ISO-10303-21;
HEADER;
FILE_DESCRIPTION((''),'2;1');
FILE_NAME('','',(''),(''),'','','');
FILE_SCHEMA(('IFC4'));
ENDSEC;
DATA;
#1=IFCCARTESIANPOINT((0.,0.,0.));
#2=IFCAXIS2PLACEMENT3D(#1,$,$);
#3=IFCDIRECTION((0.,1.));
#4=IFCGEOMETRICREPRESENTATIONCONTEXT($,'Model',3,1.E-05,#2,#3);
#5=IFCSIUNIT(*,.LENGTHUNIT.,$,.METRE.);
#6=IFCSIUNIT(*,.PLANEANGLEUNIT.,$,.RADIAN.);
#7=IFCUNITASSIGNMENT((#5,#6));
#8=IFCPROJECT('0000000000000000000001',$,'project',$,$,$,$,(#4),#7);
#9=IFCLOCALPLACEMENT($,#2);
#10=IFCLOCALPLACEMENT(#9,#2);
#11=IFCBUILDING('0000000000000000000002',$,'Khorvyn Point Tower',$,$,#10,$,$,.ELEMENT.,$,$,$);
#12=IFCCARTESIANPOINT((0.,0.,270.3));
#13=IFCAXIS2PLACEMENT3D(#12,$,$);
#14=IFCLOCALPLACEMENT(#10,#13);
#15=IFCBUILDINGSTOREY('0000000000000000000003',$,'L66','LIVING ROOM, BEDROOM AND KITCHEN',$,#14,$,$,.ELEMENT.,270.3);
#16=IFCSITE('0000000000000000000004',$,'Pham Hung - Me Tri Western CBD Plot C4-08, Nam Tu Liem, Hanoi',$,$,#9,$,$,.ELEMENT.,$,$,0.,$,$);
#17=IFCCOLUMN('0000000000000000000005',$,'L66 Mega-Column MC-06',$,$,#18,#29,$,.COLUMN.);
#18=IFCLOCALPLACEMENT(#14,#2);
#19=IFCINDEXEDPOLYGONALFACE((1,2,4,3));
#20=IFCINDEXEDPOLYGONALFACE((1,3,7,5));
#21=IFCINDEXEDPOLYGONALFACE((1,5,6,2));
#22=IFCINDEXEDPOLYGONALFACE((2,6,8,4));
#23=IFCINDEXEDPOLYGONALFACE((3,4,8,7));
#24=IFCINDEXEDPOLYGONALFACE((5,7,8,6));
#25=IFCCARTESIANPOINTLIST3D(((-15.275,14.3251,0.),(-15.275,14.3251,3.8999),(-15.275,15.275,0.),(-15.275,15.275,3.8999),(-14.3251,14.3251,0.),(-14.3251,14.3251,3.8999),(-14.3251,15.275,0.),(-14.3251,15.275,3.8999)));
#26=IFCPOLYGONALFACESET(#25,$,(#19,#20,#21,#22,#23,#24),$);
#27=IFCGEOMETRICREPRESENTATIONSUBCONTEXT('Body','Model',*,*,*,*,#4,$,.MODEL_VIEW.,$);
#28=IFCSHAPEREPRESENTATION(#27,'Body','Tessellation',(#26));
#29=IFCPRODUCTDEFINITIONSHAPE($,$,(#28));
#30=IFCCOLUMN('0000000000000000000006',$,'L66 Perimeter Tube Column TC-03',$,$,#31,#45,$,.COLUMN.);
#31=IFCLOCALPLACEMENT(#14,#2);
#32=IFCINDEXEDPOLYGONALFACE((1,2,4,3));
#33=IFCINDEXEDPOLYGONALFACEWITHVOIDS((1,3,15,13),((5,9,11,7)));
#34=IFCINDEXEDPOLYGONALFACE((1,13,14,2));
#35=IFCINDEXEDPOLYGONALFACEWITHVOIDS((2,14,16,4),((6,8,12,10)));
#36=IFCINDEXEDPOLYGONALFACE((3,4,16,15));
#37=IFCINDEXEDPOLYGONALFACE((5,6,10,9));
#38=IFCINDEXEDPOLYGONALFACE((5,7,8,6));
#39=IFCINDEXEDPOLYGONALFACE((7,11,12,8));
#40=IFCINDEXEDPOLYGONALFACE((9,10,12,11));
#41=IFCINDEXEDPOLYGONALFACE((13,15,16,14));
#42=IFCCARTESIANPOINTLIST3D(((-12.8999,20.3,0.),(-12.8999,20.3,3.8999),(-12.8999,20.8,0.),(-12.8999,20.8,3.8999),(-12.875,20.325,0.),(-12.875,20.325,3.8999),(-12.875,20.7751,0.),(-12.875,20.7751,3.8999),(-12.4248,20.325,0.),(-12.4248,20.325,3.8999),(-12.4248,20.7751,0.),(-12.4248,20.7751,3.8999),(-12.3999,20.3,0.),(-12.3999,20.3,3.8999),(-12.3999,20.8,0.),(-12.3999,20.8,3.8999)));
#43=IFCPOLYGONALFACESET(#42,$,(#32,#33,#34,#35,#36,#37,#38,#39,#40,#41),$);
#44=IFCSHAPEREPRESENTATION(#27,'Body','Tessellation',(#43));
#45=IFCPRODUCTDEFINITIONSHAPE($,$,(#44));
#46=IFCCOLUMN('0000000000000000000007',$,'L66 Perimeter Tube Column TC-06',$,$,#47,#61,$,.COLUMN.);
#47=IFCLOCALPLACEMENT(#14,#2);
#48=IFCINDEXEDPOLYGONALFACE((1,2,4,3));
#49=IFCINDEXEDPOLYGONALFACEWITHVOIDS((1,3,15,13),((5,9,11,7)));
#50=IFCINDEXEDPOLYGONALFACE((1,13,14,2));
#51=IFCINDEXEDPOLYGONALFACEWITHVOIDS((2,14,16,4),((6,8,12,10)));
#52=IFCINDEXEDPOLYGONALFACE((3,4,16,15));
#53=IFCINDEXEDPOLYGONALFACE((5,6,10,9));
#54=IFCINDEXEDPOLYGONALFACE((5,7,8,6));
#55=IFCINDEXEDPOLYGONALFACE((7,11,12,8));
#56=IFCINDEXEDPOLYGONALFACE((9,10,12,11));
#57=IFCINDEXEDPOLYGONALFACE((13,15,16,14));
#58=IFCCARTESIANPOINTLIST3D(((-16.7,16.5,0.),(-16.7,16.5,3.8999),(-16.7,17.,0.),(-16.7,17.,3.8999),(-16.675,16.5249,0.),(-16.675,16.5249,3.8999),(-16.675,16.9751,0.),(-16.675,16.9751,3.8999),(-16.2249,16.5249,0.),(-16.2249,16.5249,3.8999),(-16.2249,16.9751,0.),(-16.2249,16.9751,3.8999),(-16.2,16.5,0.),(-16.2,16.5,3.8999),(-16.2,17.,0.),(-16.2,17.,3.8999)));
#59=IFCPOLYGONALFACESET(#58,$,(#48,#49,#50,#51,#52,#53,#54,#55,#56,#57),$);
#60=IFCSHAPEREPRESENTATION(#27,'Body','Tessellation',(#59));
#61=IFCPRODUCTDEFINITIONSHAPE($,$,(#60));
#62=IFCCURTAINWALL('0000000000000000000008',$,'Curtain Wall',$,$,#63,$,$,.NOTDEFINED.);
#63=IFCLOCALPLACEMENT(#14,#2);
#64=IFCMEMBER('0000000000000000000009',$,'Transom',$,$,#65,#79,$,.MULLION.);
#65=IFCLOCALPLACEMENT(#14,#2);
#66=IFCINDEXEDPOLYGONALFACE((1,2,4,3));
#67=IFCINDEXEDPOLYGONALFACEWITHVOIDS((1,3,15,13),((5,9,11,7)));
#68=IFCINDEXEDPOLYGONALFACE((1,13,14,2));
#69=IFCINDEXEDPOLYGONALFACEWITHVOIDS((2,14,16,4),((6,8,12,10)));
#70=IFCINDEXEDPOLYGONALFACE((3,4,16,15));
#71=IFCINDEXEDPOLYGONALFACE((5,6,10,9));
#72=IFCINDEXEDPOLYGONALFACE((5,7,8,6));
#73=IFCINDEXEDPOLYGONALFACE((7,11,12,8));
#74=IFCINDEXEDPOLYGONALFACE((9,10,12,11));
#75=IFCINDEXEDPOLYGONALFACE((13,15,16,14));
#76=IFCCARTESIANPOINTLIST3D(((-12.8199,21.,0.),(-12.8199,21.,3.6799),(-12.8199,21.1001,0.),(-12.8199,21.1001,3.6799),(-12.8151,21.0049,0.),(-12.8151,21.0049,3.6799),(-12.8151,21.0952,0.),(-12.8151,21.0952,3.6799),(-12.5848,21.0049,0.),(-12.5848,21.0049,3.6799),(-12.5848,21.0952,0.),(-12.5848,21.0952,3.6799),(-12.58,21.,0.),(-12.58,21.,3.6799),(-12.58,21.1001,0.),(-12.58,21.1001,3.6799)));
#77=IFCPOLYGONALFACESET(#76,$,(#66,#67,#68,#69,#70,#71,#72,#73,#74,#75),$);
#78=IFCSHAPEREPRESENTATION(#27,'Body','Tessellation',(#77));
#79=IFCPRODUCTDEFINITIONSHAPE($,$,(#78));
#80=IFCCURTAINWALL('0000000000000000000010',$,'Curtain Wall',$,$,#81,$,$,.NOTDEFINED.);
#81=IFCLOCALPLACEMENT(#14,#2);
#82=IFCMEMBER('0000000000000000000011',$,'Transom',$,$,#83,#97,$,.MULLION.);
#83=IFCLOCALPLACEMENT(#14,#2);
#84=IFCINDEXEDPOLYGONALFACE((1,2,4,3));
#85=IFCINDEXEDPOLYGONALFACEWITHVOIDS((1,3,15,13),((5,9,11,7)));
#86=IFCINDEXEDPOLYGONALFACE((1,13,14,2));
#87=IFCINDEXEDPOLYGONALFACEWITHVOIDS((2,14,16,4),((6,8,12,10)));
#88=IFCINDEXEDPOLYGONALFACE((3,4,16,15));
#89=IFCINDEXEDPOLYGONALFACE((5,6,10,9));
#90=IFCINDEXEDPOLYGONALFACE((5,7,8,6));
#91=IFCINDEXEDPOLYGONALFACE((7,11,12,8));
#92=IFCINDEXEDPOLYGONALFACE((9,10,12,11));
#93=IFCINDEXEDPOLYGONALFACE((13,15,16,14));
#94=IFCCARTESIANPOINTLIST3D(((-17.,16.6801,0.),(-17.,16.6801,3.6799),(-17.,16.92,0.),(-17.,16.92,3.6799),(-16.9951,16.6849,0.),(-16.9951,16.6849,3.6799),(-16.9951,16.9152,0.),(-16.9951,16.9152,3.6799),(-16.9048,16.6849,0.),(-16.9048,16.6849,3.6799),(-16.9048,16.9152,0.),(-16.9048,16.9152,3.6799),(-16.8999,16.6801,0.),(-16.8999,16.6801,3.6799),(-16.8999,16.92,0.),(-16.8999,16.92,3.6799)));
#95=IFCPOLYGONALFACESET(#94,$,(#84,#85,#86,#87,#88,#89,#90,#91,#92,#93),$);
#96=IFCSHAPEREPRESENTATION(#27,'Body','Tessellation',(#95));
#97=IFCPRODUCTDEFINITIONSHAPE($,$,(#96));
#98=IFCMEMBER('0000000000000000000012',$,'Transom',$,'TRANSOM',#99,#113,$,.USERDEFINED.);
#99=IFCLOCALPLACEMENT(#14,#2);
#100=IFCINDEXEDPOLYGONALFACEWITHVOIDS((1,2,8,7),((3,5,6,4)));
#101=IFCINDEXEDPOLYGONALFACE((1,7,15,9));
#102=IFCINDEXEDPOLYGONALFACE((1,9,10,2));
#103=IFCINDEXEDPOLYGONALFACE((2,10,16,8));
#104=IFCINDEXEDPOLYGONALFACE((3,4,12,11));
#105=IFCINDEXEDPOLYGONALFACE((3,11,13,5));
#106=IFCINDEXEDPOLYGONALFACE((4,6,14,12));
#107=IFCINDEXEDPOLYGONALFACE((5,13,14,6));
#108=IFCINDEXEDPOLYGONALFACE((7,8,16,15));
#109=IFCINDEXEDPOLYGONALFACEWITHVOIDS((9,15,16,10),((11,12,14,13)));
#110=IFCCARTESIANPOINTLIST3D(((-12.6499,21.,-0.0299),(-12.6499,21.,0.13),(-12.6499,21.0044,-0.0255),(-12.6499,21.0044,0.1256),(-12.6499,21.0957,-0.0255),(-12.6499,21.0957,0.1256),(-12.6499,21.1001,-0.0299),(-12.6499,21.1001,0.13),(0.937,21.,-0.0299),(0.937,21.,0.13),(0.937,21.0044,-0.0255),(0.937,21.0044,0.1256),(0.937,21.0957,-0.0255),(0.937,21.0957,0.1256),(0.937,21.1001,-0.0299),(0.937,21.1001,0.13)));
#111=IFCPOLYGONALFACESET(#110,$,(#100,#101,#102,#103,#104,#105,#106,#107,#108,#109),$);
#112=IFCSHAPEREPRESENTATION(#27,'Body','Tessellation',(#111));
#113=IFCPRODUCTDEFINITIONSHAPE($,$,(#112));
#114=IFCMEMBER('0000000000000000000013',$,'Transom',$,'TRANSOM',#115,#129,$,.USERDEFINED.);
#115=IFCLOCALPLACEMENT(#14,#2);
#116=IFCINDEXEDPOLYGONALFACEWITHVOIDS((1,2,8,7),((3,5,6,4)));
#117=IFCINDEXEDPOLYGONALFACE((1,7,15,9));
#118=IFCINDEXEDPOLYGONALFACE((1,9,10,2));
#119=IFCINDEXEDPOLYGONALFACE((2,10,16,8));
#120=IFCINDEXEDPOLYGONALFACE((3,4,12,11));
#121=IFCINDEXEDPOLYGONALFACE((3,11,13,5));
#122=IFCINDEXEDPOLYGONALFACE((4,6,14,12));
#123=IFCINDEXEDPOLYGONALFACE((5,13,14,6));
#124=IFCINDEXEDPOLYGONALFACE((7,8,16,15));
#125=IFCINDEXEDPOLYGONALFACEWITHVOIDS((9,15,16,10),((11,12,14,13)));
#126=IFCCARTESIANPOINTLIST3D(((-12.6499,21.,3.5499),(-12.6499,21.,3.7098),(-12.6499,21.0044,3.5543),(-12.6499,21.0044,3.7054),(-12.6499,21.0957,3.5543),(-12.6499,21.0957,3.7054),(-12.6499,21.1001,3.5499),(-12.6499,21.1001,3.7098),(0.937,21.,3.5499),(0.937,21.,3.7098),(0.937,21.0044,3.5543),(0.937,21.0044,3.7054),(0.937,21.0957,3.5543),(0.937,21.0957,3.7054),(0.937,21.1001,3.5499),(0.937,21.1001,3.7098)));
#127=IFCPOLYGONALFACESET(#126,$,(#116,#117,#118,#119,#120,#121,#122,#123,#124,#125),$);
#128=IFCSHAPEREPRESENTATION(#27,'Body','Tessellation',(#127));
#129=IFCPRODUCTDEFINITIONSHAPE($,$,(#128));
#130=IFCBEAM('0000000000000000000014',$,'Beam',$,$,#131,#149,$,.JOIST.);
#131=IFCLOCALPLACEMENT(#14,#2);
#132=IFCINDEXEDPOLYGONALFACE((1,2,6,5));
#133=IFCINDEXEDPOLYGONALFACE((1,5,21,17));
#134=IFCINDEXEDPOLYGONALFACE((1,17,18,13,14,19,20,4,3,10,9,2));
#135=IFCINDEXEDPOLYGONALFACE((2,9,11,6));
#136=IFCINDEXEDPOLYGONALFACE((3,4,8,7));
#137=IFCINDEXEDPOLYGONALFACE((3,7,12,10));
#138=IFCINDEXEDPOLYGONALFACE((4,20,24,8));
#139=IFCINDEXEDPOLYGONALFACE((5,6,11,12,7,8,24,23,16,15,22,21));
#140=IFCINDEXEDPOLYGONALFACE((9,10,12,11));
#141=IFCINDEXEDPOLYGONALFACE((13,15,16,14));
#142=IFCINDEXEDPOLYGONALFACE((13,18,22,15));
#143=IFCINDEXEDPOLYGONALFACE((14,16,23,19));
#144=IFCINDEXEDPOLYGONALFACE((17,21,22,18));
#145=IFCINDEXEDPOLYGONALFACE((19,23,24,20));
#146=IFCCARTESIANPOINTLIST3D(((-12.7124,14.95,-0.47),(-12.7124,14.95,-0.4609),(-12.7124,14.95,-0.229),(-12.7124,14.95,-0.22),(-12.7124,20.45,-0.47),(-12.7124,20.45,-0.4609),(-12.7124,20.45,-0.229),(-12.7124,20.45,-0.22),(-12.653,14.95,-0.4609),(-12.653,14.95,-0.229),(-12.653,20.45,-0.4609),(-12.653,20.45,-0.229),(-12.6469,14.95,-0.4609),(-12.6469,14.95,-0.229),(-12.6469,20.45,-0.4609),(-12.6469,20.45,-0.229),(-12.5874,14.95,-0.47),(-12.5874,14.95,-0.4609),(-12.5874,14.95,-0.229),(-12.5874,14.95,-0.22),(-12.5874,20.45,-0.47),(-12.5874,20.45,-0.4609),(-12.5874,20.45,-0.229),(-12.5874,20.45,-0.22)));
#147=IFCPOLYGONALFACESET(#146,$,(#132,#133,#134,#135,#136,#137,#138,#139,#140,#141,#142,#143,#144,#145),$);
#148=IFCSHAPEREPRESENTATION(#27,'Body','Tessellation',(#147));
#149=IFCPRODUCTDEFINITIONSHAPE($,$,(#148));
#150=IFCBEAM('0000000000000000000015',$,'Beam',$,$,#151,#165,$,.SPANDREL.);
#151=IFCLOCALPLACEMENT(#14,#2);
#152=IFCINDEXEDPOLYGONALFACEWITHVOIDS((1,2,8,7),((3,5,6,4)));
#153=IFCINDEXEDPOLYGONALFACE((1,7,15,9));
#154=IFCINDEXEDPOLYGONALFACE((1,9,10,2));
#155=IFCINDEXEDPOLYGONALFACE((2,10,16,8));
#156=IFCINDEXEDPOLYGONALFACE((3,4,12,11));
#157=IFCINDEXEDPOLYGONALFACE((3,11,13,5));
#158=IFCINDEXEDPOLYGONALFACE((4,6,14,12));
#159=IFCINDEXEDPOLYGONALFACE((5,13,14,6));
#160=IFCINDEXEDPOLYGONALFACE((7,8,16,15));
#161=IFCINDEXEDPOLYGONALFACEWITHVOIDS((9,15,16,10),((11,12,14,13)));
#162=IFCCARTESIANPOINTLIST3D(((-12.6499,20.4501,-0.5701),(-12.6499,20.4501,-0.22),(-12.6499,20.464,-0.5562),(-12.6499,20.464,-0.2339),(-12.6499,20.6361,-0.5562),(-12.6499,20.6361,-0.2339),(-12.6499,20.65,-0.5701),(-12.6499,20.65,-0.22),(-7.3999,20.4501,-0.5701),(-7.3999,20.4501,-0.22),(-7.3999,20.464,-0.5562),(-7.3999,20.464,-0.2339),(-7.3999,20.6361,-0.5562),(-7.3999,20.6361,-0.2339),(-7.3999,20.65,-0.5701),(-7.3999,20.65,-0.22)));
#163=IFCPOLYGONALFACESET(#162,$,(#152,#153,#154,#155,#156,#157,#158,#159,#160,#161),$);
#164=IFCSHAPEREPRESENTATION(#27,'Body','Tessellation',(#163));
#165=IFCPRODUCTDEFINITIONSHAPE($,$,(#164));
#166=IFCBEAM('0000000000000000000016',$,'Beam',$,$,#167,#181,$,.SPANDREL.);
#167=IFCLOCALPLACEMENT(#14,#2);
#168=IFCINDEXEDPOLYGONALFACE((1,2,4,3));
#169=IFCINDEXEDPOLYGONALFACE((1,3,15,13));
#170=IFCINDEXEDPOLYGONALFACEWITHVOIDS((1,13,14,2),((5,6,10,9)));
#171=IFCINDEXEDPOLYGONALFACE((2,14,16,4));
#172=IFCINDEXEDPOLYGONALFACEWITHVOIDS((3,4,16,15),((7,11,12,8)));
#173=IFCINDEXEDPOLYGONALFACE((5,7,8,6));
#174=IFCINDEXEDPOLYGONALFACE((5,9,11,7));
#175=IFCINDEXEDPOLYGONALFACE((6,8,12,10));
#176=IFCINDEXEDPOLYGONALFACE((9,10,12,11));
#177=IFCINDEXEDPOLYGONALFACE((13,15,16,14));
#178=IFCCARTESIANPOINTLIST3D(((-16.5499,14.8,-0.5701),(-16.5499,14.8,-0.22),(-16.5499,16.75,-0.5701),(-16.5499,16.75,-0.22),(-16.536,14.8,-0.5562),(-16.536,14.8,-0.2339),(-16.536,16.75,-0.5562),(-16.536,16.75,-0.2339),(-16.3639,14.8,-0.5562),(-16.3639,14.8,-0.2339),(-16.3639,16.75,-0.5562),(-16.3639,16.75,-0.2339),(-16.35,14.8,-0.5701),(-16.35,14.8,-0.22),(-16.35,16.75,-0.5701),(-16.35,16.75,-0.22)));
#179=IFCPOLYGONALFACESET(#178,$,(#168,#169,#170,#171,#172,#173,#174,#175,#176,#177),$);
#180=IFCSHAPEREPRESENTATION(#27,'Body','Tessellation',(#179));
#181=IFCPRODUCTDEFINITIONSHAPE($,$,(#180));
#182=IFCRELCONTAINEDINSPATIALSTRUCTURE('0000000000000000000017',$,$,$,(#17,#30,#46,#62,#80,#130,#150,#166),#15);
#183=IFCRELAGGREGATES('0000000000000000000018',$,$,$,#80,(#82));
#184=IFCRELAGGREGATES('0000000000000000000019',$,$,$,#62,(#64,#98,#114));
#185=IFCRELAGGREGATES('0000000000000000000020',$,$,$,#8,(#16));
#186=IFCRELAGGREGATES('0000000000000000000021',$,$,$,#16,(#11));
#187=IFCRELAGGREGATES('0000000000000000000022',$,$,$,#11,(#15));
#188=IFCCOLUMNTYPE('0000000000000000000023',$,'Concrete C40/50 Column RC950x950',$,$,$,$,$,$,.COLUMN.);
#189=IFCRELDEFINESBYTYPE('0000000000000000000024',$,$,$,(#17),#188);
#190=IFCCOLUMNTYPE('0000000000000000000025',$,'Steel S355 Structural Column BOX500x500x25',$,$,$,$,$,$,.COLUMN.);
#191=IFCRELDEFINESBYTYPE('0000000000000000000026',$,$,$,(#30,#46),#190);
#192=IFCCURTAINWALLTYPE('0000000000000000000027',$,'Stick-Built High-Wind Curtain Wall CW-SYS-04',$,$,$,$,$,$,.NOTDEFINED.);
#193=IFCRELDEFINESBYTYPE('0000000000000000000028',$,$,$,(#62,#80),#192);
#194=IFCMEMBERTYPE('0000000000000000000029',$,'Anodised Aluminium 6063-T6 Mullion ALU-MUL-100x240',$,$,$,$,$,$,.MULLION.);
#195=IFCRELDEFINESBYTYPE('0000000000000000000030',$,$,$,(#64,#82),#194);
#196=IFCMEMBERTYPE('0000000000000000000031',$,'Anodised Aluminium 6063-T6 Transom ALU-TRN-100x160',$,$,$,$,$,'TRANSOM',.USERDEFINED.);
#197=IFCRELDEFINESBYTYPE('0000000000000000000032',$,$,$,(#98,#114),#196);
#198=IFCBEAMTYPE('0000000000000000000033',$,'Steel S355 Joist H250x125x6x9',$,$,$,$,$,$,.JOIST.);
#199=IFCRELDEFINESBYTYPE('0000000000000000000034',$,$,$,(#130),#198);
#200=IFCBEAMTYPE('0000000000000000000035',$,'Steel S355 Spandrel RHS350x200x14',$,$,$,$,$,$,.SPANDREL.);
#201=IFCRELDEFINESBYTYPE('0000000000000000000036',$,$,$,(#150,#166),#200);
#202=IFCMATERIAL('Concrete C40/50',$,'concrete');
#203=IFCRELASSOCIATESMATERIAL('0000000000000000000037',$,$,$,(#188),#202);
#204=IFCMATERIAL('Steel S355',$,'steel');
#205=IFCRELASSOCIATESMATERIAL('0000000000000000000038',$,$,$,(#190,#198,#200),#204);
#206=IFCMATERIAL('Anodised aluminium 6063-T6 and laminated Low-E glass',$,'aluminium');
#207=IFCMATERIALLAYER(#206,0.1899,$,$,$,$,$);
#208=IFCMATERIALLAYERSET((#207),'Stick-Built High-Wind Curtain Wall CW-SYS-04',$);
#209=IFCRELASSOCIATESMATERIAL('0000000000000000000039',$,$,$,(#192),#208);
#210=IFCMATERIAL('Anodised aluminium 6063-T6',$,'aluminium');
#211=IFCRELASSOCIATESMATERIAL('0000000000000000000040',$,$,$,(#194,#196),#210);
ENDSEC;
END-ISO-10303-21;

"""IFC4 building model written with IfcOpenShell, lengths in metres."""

from ifc_helpers import new_model, si_unit, direction, frame, origin, origin_2d, place, context, subcontext, project, spatial, rectangle, hollow_rectangle, i_section, extrude, material, layer, layer_set, material_profile, profile_set, type_object, element, aggregate, save


model = new_model("IFC4")

# Units and contexts
model_context = context("Model", 3, precision=1e-05, world=origin(), true_north=direction((0.0, 1.0)))
body_context = subcontext(model_context, "Body", "Model", "MODEL_VIEW")
ifc_project = project(units=[si_unit("LENGTHUNIT", "METRE"), si_unit("PLANEANGLEUNIT", "RADIAN")], contexts=[model_context])

# Site, building, storey
site_placement = place(None, origin())
site = spatial("IfcSite", under=ifc_project, at=site_placement, Name="Pham Hung - Me Tri Western CBD Plot C4-08, Nam Tu Liem, Hanoi", CompositionType="ELEMENT", RefElevation=0.0)
building_placement = place(site_placement, origin())
building = spatial("IfcBuilding", under=site, at=building_placement, Name="Khorvyn Point Tower", CompositionType="ELEMENT")
storey_placement = place(building_placement, frame((0.0, 0.0, 270.3)))
storey = spatial("IfcBuildingStorey", under=building, at=storey_placement, Name="L66", Description="LIVING ROOM, BEDROOM AND KITCHEN", CompositionType="ELEMENT", Elevation=270.3)

# Columns
ifc_material_1 = material(Name="Concrete C40/50", Category="concrete")
ifc_material_profile_1 = material_profile(ifc_material_1, rectangle(XDim=0.95, YDim=0.95, at=origin_2d()))
ifc_profile_set_1 = profile_set([ifc_material_profile_1], Name="Concrete C40/50 RC950x950")
column_type_1 = type_object("IfcColumnType", Name="Concrete C40/50 Column RC950x950", PredefinedType="COLUMN", material=ifc_profile_set_1)
column_placement = place(storey_placement, frame((-14.8, 14.8, 0.0), z_axis=(0.0, 0.0, 1.0), x_axis=(1.0, 0.0, 0.0)))
element("IfcColumn", 1, at=column_placement, inside=storey, type_object=column_type_1, Name="L66 Mega-Column MC-06", PredefinedType="COLUMN", context=body_context, shape_type="SweptSolid", body=[
    extrude(rectangle(XDim=0.95, YDim=0.95, at=origin_2d()), origin(), (0.0, 0.0, 1.0), 3.8999),
])
ifc_material_2 = material(Name="Steel S355", Category="steel")
ifc_material_profile_2 = material_profile(ifc_material_2, hollow_rectangle(XDim=0.5, YDim=0.5, WallThickness=0.0249, at=origin_2d()))
ifc_profile_set_2 = profile_set([ifc_material_profile_2], Name="Steel S355 BOX500x500x25")
column_type_2 = type_object("IfcColumnType", Name="Steel S355 Structural Column BOX500x500x25", PredefinedType="COLUMN", material=ifc_profile_set_2)
for number, where, z_axis, x_axis, name in (
    (2, (-12.6499, 20.55, 0.0), (0.0, 0.0, 1.0), (1.0, 0.0, 0.0), "L66 Perimeter Tube Column TC-03"),
    (3, (-16.45, 16.75, 0.0), (0.0, 0.0, 1.0), (1.0, 0.0, 0.0), "L66 Perimeter Tube Column TC-06"),
):
    element("IfcColumn", number, at=place(storey_placement, frame(where, z_axis=z_axis, x_axis=x_axis)), inside=storey, type_object=column_type_2, Name=name, PredefinedType="COLUMN", context=body_context, shape_type="SweptSolid", body=[
        extrude(hollow_rectangle(XDim=0.5, YDim=0.5, WallThickness=0.0249, at=origin_2d()), origin(), (0.0, 0.0, 1.0), 3.8999),
    ])

# Curtain walls, members
ifc_material_3 = material(Name="Anodised aluminium 6063-T6 and laminated Low-E glass", Category="aluminium")
ifc_layer_1 = layer(ifc_material_3, 0.1899)
ifc_layer_set_1 = layer_set([ifc_layer_1], Name="Stick-Built High-Wind Curtain Wall CW-SYS-04")
curtain_wall_type = type_object("IfcCurtainWallType", Name="Stick-Built High-Wind Curtain Wall CW-SYS-04", PredefinedType="NOTDEFINED", material=ifc_layer_set_1)
curtain_wall_1_placement = place(storey_placement, origin())
curtain_wall_1 = element("IfcCurtainWall", 4, at=curtain_wall_1_placement, inside=storey, type_object=curtain_wall_type, Name="Curtain Wall", PredefinedType="NOTDEFINED")
ifc_material_4 = material(Name="Anodised aluminium 6063-T6", Category="aluminium")
ifc_material_profile_3 = material_profile(ifc_material_4, hollow_rectangle(XDim=0.1001, YDim=0.24, WallThickness=0.0049, at=origin_2d()))
ifc_profile_set_3 = profile_set([ifc_material_profile_3], Name="Anodised aluminium 6063-T6 ALU-MUL-100x240")
member_type_1 = type_object("IfcMemberType", Name="Anodised Aluminium 6063-T6 Mullion ALU-MUL-100x240", PredefinedType="MULLION", material=ifc_profile_set_3)
member_1_placement = place(storey_placement, frame((-12.7, 21.05, 0.0), z_axis=(0.0, 0.0, 1.0), x_axis=(0.0, 1.0, 0.0)))
member_1 = element("IfcMember", 5, at=member_1_placement, type_object=member_type_1, Name="Transom", PredefinedType="MULLION", context=body_context, shape_type="SweptSolid", body=[
    extrude(hollow_rectangle(XDim=0.1001, YDim=0.24, WallThickness=0.0049, at=origin_2d()), origin(), (0.0, 0.0, 1.0), 3.6799),
])
curtain_wall_2_placement = place(storey_placement, origin())
curtain_wall_2 = element("IfcCurtainWall", 6, at=curtain_wall_2_placement, inside=storey, type_object=curtain_wall_type, Name="Curtain Wall", PredefinedType="NOTDEFINED")
member_2_placement = place(storey_placement, frame((-16.95, 16.8, 0.0), z_axis=(0.0, 0.0, 1.0), x_axis=(-1.0, 0.0, 0.0)))
member_2 = element("IfcMember", 7, at=member_2_placement, type_object=member_type_1, Name="Transom", PredefinedType="MULLION", context=body_context, shape_type="SweptSolid", body=[
    extrude(hollow_rectangle(XDim=0.1001, YDim=0.24, WallThickness=0.0049, at=origin_2d()), origin(), (0.0, 0.0, 1.0), 3.6799),
])
aggregate(curtain_wall_2, [member_2])

# Members
ifc_material_profile_4 = material_profile(ifc_material_4, hollow_rectangle(XDim=0.1001, YDim=0.1599, WallThickness=0.0044, at=origin_2d()))
ifc_profile_set_4 = profile_set([ifc_material_profile_4], Name="Anodised aluminium 6063-T6 ALU-TRN-100x160")
member_type_2 = type_object("IfcMemberType", Name="Anodised Aluminium 6063-T6 Transom ALU-TRN-100x160", ElementType="TRANSOM", PredefinedType="USERDEFINED", material=ifc_profile_set_4)
member_3_placement = place(storey_placement, frame((-12.6499, 21.05, 0.05), z_axis=(1.0, 0.0, 0.0), x_axis=(0.0, 1.0, 0.0)))
member_3 = element("IfcMember", 8, at=member_3_placement, type_object=member_type_2, Name="Transom", ObjectType="TRANSOM", PredefinedType="USERDEFINED", context=body_context, shape_type="SweptSolid", body=[
    extrude(hollow_rectangle(XDim=0.1001, YDim=0.1599, WallThickness=0.0044, at=origin_2d()), origin(), (0.0, 0.0, 1.0), 13.5869),
])
member_4_placement = place(storey_placement, frame((-12.6499, 21.05, 3.6299), z_axis=(1.0, 0.0, 0.0), x_axis=(0.0, 1.0, 0.0)))
member_4 = element("IfcMember", 9, at=member_4_placement, type_object=member_type_2, Name="Transom", ObjectType="TRANSOM", PredefinedType="USERDEFINED", context=body_context, shape_type="SweptSolid", body=[
    extrude(hollow_rectangle(XDim=0.1001, YDim=0.1599, WallThickness=0.0044, at=origin_2d()), origin(), (0.0, 0.0, 1.0), 13.5869),
])
aggregate(curtain_wall_1, [member_1, member_3, member_4])

# Beams
ifc_material_profile_5 = material_profile(ifc_material_2, i_section(OverallWidth=0.125, OverallDepth=0.25, WebThickness=0.0061, FlangeThickness=0.009, at=origin_2d()))
ifc_profile_set_5 = profile_set([ifc_material_profile_5], Name="Steel S355 H250x125x6x9")
beam_type_1 = type_object("IfcBeamType", Name="Steel S355 Joist H250x125x6x9", PredefinedType="JOIST", material=ifc_profile_set_5)
beam_1_placement = place(storey_placement, frame((-12.6499, 14.95, -0.345), z_axis=(0.0, 1.0, 0.0), x_axis=(-1.0, 0.0, 0.0)))
element("IfcBeam", 10, at=beam_1_placement, inside=storey, type_object=beam_type_1, Name="Beam", PredefinedType="JOIST", context=body_context, shape_type="SweptSolid", body=[
    extrude(i_section(OverallWidth=0.125, OverallDepth=0.25, WebThickness=0.0061, FlangeThickness=0.009, at=origin_2d()), origin(), (0.0, 0.0, 1.0), 5.5),
])
ifc_material_profile_6 = material_profile(ifc_material_2, hollow_rectangle(XDim=0.2, YDim=0.3501, WallThickness=0.0139, at=origin_2d()))
ifc_profile_set_6 = profile_set([ifc_material_profile_6], Name="Steel S355 RHS350x200x14")
beam_type_2 = type_object("IfcBeamType", Name="Steel S355 Spandrel RHS350x200x14", PredefinedType="SPANDREL", material=ifc_profile_set_6)
beam_2_placement = place(storey_placement, frame((-12.6499, 20.55, -0.395), z_axis=(1.0, 0.0, 0.0), x_axis=(0.0, 1.0, 0.0)))
element("IfcBeam", 11, at=beam_2_placement, inside=storey, type_object=beam_type_2, Name="Beam", PredefinedType="SPANDREL", context=body_context, shape_type="SweptSolid", body=[
    extrude(hollow_rectangle(XDim=0.2, YDim=0.3501, WallThickness=0.0139, at=origin_2d()), origin(), (0.0, 0.0, 1.0), 5.25),
])
beam_3_placement = place(storey_placement, frame((-16.45, 14.8, -0.395), z_axis=(0.0, 1.0, 0.0), x_axis=(-1.0, 0.0, 0.0)))
element("IfcBeam", 12, at=beam_3_placement, inside=storey, type_object=beam_type_2, Name="Beam", PredefinedType="SPANDREL", context=body_context, shape_type="SweptSolid", body=[
    extrude(hollow_rectangle(XDim=0.2, YDim=0.3501, WallThickness=0.0139, at=origin_2d()), origin(), (0.0, 0.0, 1.0), 1.95),
])

save(model, "model.ifc")
